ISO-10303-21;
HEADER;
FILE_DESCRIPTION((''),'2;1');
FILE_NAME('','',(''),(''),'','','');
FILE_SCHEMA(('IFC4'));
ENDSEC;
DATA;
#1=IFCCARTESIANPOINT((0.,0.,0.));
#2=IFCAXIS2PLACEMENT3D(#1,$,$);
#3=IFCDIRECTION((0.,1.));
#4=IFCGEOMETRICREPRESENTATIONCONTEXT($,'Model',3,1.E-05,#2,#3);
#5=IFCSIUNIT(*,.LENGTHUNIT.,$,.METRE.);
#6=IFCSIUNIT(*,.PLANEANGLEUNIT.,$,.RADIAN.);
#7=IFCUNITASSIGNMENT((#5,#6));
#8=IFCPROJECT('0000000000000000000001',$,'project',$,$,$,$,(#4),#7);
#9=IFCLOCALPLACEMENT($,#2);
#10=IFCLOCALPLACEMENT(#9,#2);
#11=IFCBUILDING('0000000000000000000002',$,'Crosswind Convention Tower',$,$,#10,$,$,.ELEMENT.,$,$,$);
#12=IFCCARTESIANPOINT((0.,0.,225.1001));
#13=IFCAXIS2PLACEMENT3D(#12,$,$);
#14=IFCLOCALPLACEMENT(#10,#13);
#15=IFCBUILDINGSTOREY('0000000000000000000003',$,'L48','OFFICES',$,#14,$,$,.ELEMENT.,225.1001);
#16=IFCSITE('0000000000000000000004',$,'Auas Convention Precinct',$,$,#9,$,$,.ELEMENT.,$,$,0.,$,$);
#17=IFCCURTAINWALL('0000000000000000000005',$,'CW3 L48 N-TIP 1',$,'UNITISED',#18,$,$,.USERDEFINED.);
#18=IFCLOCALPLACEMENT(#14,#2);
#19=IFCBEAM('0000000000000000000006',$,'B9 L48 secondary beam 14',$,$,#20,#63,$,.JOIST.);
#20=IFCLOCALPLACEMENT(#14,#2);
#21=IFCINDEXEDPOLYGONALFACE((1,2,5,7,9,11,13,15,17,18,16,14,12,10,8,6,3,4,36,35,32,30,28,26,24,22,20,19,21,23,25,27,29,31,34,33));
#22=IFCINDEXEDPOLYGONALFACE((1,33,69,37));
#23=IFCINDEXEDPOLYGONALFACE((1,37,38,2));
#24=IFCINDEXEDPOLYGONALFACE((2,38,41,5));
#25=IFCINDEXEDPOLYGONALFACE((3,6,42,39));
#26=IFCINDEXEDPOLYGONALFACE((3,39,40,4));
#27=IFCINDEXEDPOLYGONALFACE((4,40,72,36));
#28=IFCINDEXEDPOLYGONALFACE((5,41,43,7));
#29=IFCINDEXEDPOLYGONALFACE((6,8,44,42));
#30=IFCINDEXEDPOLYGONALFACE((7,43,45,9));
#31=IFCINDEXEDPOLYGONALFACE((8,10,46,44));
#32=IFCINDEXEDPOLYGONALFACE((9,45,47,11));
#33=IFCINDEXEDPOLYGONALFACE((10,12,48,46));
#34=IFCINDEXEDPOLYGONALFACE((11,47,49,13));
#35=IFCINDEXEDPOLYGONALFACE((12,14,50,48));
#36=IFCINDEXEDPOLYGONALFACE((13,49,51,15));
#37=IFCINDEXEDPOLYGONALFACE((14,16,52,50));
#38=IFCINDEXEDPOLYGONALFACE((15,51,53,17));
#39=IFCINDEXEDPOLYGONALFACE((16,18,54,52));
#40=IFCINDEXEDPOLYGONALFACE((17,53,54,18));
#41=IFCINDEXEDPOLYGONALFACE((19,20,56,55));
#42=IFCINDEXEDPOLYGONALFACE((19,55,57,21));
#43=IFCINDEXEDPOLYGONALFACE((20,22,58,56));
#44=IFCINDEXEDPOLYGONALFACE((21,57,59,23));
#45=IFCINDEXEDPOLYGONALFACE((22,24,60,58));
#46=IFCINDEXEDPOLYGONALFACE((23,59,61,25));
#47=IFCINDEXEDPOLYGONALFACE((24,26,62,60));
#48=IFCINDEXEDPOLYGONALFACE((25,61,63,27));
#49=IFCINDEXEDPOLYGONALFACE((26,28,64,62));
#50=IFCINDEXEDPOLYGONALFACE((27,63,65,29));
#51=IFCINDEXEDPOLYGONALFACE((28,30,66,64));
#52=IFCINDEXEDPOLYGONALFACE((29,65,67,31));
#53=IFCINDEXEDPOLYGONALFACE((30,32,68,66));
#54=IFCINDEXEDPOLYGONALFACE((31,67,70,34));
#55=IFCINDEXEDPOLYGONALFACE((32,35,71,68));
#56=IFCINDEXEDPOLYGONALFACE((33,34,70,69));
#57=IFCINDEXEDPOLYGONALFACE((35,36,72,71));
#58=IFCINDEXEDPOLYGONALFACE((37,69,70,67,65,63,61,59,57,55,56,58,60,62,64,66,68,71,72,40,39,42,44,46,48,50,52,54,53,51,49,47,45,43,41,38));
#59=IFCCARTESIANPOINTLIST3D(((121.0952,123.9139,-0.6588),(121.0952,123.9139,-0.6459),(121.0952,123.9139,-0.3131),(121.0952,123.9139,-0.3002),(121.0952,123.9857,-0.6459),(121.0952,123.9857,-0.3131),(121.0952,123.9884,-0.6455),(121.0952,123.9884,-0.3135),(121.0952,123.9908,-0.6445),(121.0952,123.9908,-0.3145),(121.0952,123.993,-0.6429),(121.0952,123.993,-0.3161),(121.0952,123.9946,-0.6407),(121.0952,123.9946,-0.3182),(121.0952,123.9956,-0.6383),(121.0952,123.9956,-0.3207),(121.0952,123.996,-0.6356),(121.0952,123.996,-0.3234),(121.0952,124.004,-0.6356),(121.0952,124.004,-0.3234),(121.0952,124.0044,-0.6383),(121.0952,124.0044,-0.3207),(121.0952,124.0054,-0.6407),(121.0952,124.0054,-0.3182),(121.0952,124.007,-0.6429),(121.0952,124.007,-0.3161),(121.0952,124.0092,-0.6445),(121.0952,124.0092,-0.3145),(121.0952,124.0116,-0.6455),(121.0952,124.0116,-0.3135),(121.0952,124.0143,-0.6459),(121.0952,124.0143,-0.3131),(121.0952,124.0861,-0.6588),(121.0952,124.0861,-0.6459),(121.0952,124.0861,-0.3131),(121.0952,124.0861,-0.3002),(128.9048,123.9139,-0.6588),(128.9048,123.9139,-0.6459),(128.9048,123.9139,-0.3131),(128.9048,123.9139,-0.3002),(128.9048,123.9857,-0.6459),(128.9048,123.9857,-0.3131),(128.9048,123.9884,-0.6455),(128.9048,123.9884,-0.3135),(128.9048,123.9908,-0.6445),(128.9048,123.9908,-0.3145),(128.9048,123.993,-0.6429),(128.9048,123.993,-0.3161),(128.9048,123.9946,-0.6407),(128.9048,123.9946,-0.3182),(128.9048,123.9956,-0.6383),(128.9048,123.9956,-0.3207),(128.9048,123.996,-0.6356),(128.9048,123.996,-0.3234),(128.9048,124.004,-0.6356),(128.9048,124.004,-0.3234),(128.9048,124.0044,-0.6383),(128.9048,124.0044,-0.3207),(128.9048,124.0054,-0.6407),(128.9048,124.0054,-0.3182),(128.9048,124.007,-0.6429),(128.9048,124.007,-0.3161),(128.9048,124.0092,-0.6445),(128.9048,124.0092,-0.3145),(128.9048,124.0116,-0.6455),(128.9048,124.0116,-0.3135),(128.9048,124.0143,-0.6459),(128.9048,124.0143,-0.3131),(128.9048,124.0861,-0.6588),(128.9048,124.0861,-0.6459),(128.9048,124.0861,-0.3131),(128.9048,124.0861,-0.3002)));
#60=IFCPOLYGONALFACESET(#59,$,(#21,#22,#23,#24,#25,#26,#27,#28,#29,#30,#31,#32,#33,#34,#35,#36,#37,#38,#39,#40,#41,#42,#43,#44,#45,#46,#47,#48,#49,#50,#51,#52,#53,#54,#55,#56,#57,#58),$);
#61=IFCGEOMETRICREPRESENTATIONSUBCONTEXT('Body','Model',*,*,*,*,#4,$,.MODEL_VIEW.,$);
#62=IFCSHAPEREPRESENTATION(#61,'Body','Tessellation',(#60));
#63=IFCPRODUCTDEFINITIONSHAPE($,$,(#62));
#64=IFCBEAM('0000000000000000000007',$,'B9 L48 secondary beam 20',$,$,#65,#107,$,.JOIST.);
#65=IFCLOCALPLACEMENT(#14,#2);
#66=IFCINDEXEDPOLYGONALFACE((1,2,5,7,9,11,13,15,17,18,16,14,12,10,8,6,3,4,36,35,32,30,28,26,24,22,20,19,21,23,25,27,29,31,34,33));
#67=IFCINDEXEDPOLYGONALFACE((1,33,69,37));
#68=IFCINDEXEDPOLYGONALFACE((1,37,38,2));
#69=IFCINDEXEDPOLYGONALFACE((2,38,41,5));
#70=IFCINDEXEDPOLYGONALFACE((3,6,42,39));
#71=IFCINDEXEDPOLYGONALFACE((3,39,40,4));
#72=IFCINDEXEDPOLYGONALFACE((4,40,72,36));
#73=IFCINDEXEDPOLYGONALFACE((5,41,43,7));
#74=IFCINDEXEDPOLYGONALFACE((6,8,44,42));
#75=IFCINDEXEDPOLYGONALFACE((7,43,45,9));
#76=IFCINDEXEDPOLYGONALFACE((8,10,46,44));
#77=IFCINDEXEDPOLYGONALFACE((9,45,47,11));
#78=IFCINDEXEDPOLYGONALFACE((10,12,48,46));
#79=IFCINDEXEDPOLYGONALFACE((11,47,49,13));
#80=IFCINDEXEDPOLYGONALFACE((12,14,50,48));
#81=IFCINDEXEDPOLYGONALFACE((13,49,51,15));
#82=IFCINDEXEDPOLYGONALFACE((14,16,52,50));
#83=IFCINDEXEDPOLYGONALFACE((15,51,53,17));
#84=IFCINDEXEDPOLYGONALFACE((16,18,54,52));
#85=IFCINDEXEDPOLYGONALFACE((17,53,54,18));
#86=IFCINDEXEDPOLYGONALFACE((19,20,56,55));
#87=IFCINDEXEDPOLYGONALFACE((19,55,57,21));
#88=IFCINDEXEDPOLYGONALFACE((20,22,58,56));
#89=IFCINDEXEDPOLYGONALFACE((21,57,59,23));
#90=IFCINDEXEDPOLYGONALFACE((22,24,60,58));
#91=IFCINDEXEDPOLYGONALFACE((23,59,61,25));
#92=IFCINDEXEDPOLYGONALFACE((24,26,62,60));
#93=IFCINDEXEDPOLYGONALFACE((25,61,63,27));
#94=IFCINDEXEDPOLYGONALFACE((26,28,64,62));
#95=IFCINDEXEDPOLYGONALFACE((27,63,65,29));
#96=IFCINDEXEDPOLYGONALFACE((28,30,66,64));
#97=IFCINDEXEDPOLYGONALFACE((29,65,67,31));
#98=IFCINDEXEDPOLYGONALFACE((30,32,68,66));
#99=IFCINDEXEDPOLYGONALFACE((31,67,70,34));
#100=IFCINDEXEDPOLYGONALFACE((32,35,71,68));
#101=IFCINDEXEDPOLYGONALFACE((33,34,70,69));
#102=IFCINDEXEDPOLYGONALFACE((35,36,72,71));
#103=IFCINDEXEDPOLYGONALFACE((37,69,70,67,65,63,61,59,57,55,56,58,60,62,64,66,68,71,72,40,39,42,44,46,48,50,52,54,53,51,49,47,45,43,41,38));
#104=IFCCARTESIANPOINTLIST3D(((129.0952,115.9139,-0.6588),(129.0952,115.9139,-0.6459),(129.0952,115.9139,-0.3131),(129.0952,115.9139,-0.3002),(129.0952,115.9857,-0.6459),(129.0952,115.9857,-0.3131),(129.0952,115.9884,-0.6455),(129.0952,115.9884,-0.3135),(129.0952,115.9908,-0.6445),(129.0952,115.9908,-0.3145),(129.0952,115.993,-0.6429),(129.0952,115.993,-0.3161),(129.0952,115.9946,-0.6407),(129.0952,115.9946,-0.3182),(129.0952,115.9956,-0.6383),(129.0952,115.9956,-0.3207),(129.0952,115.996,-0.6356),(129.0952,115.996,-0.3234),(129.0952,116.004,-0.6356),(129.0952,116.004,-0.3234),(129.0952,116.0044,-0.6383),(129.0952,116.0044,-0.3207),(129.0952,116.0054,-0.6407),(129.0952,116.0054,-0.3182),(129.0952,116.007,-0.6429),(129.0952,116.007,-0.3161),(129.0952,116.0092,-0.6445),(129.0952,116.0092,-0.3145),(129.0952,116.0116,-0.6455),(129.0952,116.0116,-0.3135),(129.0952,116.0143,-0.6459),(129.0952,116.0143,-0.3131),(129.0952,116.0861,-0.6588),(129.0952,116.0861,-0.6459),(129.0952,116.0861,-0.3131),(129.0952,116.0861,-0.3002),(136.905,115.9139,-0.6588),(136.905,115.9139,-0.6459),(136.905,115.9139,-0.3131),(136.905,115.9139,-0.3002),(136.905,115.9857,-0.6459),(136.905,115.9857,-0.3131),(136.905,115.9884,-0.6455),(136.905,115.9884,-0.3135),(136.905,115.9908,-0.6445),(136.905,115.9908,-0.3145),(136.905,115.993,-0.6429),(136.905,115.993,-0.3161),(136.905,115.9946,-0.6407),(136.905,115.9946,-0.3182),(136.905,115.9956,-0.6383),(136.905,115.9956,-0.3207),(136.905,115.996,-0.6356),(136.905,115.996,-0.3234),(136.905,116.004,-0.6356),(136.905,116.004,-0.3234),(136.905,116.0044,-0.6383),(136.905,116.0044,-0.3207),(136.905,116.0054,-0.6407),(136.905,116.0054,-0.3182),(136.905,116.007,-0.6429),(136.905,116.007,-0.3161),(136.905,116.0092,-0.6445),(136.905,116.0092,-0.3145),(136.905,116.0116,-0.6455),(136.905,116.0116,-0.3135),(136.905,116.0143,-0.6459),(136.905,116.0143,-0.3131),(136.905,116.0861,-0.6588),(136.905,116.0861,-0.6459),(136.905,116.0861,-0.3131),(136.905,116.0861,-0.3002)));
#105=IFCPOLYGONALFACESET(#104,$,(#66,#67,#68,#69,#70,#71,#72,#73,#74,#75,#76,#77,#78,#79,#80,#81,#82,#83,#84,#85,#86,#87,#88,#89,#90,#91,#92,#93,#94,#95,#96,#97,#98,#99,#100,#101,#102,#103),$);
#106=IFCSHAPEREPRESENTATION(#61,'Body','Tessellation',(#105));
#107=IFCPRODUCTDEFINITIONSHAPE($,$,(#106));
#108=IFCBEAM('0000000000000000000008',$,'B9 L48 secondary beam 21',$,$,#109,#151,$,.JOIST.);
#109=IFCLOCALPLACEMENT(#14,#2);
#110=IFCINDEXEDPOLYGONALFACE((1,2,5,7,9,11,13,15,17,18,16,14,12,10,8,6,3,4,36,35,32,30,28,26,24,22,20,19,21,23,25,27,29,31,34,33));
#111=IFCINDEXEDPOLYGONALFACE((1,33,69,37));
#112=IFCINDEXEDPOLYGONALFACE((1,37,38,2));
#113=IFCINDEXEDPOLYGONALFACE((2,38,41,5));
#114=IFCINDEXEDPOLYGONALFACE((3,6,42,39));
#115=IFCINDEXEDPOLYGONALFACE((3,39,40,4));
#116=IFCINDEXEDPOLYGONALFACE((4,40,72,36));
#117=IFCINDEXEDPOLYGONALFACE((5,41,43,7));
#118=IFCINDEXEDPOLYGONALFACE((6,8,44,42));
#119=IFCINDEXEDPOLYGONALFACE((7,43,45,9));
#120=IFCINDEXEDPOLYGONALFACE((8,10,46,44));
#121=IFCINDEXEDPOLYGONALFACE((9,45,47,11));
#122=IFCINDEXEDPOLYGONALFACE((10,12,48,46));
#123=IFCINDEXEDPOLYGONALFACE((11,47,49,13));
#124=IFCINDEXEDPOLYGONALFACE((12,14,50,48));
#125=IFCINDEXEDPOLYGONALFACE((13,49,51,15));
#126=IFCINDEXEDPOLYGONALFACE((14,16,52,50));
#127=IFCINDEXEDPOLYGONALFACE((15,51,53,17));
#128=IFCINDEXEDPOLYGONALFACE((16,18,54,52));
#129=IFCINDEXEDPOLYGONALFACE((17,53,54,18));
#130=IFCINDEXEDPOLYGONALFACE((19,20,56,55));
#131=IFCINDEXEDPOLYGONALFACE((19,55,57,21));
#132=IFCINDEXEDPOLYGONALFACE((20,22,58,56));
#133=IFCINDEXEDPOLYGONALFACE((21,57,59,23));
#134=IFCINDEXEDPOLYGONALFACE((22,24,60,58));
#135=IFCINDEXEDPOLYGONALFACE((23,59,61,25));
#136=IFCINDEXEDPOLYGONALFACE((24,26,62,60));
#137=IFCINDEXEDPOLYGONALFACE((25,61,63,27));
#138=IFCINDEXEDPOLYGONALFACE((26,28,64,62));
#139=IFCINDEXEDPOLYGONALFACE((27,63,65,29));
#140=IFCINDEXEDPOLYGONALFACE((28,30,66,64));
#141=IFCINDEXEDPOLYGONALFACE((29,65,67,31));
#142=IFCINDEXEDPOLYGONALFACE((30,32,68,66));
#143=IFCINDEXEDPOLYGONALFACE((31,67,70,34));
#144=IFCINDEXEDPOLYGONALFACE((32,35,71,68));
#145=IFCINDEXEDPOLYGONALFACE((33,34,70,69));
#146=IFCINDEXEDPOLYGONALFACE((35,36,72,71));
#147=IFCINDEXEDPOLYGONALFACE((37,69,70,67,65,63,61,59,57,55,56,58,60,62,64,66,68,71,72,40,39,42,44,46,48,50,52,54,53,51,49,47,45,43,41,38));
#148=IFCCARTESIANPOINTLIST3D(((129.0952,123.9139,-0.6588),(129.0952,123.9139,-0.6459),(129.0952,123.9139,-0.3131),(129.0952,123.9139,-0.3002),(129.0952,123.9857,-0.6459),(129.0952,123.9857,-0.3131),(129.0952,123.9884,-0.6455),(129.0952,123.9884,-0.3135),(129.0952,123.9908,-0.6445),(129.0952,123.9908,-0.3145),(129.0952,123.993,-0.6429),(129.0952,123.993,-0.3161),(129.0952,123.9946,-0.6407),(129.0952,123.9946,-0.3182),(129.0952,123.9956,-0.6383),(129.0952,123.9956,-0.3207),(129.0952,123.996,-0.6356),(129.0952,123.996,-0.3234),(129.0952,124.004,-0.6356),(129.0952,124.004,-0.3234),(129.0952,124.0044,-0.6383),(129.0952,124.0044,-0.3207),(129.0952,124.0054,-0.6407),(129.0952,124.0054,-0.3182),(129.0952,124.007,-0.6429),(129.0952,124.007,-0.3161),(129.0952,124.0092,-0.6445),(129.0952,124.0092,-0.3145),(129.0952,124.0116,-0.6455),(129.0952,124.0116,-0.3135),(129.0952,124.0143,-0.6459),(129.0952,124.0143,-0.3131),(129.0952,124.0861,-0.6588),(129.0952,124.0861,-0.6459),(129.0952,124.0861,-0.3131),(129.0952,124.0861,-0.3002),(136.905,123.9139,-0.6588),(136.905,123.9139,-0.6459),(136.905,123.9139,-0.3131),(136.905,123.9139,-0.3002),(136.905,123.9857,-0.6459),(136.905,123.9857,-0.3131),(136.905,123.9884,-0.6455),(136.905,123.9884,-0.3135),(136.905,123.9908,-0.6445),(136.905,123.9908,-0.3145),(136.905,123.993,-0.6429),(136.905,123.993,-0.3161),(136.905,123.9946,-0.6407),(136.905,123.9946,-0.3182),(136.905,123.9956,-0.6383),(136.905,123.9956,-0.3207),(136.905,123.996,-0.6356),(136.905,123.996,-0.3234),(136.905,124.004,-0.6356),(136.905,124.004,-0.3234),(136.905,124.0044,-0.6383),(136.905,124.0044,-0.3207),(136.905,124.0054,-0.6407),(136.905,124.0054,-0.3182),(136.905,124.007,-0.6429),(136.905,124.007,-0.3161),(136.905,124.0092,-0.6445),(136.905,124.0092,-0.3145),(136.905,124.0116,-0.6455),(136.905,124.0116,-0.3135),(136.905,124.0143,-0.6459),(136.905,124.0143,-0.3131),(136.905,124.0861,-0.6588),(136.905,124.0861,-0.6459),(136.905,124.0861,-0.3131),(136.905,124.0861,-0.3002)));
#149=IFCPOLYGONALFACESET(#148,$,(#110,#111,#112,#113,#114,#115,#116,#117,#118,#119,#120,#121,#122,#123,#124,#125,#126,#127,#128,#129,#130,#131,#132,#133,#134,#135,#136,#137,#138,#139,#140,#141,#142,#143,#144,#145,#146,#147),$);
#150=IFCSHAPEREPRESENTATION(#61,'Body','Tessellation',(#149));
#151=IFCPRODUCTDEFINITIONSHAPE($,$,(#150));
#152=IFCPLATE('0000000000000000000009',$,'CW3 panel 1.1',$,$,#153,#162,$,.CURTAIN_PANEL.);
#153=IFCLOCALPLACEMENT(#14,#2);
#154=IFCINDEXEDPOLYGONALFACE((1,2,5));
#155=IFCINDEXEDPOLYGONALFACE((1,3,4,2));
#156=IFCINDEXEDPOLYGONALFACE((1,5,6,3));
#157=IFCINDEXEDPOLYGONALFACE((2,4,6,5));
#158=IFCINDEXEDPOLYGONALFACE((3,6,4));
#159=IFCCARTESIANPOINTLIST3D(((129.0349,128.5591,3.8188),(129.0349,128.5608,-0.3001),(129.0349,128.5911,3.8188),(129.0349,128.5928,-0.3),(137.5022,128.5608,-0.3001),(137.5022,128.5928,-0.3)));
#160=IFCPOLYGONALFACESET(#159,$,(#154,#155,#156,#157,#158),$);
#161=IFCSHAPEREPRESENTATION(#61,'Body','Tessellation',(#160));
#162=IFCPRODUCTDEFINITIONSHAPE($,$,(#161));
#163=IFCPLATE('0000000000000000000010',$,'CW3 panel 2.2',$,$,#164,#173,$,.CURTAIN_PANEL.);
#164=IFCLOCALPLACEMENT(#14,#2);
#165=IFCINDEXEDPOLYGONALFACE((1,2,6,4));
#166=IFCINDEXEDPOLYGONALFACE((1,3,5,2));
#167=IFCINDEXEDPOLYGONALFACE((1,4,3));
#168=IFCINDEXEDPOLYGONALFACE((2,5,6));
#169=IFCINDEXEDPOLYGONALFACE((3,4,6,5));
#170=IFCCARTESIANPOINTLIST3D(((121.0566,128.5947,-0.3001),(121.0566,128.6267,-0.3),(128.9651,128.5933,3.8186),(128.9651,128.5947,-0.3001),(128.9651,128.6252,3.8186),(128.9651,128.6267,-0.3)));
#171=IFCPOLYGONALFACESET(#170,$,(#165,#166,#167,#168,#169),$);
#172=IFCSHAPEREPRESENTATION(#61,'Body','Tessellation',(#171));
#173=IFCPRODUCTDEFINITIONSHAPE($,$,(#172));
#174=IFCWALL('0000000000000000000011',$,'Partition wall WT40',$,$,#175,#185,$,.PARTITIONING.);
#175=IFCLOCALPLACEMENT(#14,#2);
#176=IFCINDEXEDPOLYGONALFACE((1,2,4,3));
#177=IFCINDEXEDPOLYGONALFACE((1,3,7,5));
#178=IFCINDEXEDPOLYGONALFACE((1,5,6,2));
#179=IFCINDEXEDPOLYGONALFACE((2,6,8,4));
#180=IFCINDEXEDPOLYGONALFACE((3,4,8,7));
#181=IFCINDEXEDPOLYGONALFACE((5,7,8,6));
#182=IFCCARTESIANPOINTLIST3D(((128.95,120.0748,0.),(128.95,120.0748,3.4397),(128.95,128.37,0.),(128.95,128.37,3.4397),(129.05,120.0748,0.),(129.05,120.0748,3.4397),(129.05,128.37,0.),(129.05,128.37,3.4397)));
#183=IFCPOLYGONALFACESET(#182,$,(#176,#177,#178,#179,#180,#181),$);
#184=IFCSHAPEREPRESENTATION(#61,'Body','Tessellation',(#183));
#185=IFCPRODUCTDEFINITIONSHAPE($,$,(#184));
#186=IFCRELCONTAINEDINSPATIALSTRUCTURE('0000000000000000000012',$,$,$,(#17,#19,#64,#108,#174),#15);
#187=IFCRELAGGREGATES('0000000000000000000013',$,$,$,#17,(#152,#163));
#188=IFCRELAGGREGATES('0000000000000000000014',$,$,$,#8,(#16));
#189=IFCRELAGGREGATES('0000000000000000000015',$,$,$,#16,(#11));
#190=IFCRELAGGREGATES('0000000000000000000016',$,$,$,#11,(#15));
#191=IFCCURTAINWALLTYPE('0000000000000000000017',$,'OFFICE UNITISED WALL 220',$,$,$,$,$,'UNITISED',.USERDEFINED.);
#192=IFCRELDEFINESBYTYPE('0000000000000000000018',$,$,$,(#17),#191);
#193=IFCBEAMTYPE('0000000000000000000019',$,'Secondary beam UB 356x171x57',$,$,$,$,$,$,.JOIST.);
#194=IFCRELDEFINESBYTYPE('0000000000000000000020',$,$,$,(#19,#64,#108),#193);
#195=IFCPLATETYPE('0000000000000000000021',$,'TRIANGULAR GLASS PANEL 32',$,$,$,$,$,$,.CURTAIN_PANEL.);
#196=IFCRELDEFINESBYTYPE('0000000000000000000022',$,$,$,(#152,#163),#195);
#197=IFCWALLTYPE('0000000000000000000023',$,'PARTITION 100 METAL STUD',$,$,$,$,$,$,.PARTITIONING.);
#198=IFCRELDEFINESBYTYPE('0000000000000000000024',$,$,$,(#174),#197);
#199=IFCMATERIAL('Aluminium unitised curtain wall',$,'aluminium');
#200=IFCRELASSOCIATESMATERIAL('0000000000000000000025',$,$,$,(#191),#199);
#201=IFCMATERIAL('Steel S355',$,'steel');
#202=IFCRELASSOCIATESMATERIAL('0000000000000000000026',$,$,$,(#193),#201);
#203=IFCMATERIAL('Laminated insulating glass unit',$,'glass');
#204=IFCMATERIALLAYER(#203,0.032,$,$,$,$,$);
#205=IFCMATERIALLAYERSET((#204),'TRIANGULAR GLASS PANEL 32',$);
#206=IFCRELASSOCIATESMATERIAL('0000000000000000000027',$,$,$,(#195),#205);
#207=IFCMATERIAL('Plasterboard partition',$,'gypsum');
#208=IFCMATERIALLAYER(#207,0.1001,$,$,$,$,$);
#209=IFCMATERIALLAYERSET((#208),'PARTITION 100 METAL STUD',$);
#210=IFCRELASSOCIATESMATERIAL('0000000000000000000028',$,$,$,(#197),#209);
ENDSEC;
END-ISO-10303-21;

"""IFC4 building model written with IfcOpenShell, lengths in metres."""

from ifc_helpers import new_model, si_unit, direction, frame, frame_2d, origin, origin_2d, place, context, subcontext, project, spatial, polyline, rectangle, i_section, outline, extrude, material, layer, layer_set, material_profile, profile_set, type_object, element, aggregate, save


model = new_model("IFC4")

# Units and contexts
model_context = context("Model", 3, precision=1e-05, world=origin(), true_north=direction((0.0, 1.0)))
body_context = subcontext(model_context, "Body", "Model", "MODEL_VIEW")
ifc_project = project(units=[si_unit("LENGTHUNIT", "METRE"), si_unit("PLANEANGLEUNIT", "RADIAN")], contexts=[model_context])

# Site, building, storey
site_placement = place(None, origin())
site = spatial("IfcSite", under=ifc_project, at=site_placement, Name="Auas Convention Precinct", CompositionType="ELEMENT", RefElevation=0.0)
building_placement = place(site_placement, origin())
building = spatial("IfcBuilding", under=site, at=building_placement, Name="Crosswind Convention Tower", CompositionType="ELEMENT")
storey_placement = place(building_placement, frame((0.0, 0.0, 225.1001)))
storey = spatial("IfcBuildingStorey", under=building, at=storey_placement, Name="L48", Description="OFFICES", CompositionType="ELEMENT", Elevation=225.1001)

# Shared definitions
ifc_material_1 = material(Name="Steel S355", Category="steel")

# Curtain wall
ifc_material_2 = material(Name="Aluminium unitised curtain wall", Category="aluminium")
curtain_wall_type = type_object("IfcCurtainWallType", Name="OFFICE UNITISED WALL 220", ElementType="UNITISED", PredefinedType="USERDEFINED", material=ifc_material_2)
curtain_wall_placement = place(storey_placement, origin())
curtain_wall = element("IfcCurtainWall", 1, at=curtain_wall_placement, inside=storey, type_object=curtain_wall_type, Name="CW3 L48 N-TIP 1", ObjectType="UNITISED", PredefinedType="USERDEFINED")

# Beams
ifc_material_profile_1 = material_profile(ifc_material_1, i_section(OverallWidth=0.1721, OverallDepth=0.3586, WebThickness=0.0081, FlangeThickness=0.0129, FilletRadius=0.0103, at=origin_2d()), Name="UB 356x171x57")
ifc_profile_set_1 = profile_set([ifc_material_profile_1], Name="Steel S355")
beam_type_1 = type_object("IfcBeamType", Name="Secondary beam UB 356x171x57", PredefinedType="JOIST", material=ifc_profile_set_1)
for number, where, z_axis, x_axis, name in (
    (2, (121.0952, 124.0, -0.4795), (1.0, 0.0, 0.0), (0.0, 1.0, 0.0), "B9 L48 secondary beam 14"),
):
    element("IfcBeam", number, at=place(storey_placement, frame(where, z_axis=z_axis, x_axis=x_axis)), inside=storey, type_object=beam_type_1, Name=name, PredefinedType="JOIST", context=body_context, shape_type="SweptSolid", body=[
        extrude(i_section(OverallWidth=0.1721, OverallDepth=0.3586, WebThickness=0.0081, FlangeThickness=0.0129, FilletRadius=0.0103, at=origin_2d()), origin(), (0.0, 0.0, 1.0), 7.8096),
    ])
for number, where, z_axis, x_axis, name in (
    (3, (129.0952, 116.0, -0.4795), (1.0, 0.0, 0.0), (0.0, 1.0, 0.0), "B9 L48 secondary beam 20"),
    (4, (129.0952, 124.0, -0.4795), (1.0, 0.0, 0.0), (0.0, 1.0, 0.0), "B9 L48 secondary beam 21"),
):
    element("IfcBeam", number, at=place(storey_placement, frame(where, z_axis=z_axis, x_axis=x_axis)), inside=storey, type_object=beam_type_1, Name=name, PredefinedType="JOIST", context=body_context, shape_type="SweptSolid", body=[
        extrude(i_section(OverallWidth=0.1721, OverallDepth=0.3586, WebThickness=0.0081, FlangeThickness=0.0129, FilletRadius=0.0103, at=origin_2d()), origin(), (0.0, 0.0, 1.0), 7.8098),
    ])

# Plates
ifc_material_3 = material(Name="Laminated insulating glass unit", Category="glass")
ifc_layer_1 = layer(ifc_material_3, 0.032)
ifc_layer_set_1 = layer_set([ifc_layer_1], Name="TRIANGULAR GLASS PANEL 32")
plate_type = type_object("IfcPlateType", Name="TRIANGULAR GLASS PANEL 32", PredefinedType="CURTAIN_PANEL", material=ifc_layer_set_1)
plate_1_placement = place(storey_placement, frame((129.0349, 128.5928, -0.3), z_axis=(0.0, 1.0, 0.000415), x_axis=(0.0, -0.000415, 1.0)))
plate_1 = element("IfcPlate", 5, at=plate_1_placement, type_object=plate_type, Name="CW3 panel 1.1", PredefinedType="CURTAIN_PANEL", context=body_context, shape_type="SweptSolid", body=[
    extrude(outline(polyline([(0.0, 0.0), (4.1189, 0.0), (0.0, 8.4673), (0.0, 0.0)])), origin(), (0.0, 0.0, -1.0), 0.032),
])
plate_2_placement = place(storey_placement, frame((128.9651, 128.6267, -0.3), z_axis=(0.0, 1.0, 0.000356), x_axis=(-1.0, 0.0, 0.0)))
plate_2 = element("IfcPlate", 6, at=plate_2_placement, type_object=plate_type, Name="CW3 panel 2.2", PredefinedType="CURTAIN_PANEL", context=body_context, shape_type="SweptSolid", body=[
    extrude(outline(polyline([(0.0, 0.0), (7.9084, 0.0), (0.0, 4.1187), (0.0, 0.0)])), origin(), (0.0, 0.0, -1.0), 0.032),
])
aggregate(curtain_wall, [plate_1, plate_2])

# Wall
ifc_material_4 = material(Name="Plasterboard partition", Category="gypsum")
ifc_layer_2 = layer(ifc_material_4, 0.1001)
ifc_layer_set_2 = layer_set([ifc_layer_2], Name="PARTITION 100 METAL STUD")
wall_type_1 = type_object("IfcWallType", Name="PARTITION 100 METAL STUD", PredefinedType="PARTITIONING", material=ifc_layer_set_2)
wall_1_placement = place(storey_placement, frame((129.0, 120.075, 0.0), z_axis=(0.0, 0.0, 1.0), x_axis=(0.0, 1.0, 0.0)))
element("IfcWall", 7, at=wall_1_placement, inside=storey, type_object=wall_type_1, Name="Partition wall WT40", PredefinedType="PARTITIONING", context=body_context, shape_type="SweptSolid", body=[
    extrude(rectangle(XDim=8.2952, YDim=0.1001, at=frame_2d((4.1475, 0.0))), origin(), (0.0, 0.0, 1.0), 3.4397),
])

save(model, "model.ifc")
